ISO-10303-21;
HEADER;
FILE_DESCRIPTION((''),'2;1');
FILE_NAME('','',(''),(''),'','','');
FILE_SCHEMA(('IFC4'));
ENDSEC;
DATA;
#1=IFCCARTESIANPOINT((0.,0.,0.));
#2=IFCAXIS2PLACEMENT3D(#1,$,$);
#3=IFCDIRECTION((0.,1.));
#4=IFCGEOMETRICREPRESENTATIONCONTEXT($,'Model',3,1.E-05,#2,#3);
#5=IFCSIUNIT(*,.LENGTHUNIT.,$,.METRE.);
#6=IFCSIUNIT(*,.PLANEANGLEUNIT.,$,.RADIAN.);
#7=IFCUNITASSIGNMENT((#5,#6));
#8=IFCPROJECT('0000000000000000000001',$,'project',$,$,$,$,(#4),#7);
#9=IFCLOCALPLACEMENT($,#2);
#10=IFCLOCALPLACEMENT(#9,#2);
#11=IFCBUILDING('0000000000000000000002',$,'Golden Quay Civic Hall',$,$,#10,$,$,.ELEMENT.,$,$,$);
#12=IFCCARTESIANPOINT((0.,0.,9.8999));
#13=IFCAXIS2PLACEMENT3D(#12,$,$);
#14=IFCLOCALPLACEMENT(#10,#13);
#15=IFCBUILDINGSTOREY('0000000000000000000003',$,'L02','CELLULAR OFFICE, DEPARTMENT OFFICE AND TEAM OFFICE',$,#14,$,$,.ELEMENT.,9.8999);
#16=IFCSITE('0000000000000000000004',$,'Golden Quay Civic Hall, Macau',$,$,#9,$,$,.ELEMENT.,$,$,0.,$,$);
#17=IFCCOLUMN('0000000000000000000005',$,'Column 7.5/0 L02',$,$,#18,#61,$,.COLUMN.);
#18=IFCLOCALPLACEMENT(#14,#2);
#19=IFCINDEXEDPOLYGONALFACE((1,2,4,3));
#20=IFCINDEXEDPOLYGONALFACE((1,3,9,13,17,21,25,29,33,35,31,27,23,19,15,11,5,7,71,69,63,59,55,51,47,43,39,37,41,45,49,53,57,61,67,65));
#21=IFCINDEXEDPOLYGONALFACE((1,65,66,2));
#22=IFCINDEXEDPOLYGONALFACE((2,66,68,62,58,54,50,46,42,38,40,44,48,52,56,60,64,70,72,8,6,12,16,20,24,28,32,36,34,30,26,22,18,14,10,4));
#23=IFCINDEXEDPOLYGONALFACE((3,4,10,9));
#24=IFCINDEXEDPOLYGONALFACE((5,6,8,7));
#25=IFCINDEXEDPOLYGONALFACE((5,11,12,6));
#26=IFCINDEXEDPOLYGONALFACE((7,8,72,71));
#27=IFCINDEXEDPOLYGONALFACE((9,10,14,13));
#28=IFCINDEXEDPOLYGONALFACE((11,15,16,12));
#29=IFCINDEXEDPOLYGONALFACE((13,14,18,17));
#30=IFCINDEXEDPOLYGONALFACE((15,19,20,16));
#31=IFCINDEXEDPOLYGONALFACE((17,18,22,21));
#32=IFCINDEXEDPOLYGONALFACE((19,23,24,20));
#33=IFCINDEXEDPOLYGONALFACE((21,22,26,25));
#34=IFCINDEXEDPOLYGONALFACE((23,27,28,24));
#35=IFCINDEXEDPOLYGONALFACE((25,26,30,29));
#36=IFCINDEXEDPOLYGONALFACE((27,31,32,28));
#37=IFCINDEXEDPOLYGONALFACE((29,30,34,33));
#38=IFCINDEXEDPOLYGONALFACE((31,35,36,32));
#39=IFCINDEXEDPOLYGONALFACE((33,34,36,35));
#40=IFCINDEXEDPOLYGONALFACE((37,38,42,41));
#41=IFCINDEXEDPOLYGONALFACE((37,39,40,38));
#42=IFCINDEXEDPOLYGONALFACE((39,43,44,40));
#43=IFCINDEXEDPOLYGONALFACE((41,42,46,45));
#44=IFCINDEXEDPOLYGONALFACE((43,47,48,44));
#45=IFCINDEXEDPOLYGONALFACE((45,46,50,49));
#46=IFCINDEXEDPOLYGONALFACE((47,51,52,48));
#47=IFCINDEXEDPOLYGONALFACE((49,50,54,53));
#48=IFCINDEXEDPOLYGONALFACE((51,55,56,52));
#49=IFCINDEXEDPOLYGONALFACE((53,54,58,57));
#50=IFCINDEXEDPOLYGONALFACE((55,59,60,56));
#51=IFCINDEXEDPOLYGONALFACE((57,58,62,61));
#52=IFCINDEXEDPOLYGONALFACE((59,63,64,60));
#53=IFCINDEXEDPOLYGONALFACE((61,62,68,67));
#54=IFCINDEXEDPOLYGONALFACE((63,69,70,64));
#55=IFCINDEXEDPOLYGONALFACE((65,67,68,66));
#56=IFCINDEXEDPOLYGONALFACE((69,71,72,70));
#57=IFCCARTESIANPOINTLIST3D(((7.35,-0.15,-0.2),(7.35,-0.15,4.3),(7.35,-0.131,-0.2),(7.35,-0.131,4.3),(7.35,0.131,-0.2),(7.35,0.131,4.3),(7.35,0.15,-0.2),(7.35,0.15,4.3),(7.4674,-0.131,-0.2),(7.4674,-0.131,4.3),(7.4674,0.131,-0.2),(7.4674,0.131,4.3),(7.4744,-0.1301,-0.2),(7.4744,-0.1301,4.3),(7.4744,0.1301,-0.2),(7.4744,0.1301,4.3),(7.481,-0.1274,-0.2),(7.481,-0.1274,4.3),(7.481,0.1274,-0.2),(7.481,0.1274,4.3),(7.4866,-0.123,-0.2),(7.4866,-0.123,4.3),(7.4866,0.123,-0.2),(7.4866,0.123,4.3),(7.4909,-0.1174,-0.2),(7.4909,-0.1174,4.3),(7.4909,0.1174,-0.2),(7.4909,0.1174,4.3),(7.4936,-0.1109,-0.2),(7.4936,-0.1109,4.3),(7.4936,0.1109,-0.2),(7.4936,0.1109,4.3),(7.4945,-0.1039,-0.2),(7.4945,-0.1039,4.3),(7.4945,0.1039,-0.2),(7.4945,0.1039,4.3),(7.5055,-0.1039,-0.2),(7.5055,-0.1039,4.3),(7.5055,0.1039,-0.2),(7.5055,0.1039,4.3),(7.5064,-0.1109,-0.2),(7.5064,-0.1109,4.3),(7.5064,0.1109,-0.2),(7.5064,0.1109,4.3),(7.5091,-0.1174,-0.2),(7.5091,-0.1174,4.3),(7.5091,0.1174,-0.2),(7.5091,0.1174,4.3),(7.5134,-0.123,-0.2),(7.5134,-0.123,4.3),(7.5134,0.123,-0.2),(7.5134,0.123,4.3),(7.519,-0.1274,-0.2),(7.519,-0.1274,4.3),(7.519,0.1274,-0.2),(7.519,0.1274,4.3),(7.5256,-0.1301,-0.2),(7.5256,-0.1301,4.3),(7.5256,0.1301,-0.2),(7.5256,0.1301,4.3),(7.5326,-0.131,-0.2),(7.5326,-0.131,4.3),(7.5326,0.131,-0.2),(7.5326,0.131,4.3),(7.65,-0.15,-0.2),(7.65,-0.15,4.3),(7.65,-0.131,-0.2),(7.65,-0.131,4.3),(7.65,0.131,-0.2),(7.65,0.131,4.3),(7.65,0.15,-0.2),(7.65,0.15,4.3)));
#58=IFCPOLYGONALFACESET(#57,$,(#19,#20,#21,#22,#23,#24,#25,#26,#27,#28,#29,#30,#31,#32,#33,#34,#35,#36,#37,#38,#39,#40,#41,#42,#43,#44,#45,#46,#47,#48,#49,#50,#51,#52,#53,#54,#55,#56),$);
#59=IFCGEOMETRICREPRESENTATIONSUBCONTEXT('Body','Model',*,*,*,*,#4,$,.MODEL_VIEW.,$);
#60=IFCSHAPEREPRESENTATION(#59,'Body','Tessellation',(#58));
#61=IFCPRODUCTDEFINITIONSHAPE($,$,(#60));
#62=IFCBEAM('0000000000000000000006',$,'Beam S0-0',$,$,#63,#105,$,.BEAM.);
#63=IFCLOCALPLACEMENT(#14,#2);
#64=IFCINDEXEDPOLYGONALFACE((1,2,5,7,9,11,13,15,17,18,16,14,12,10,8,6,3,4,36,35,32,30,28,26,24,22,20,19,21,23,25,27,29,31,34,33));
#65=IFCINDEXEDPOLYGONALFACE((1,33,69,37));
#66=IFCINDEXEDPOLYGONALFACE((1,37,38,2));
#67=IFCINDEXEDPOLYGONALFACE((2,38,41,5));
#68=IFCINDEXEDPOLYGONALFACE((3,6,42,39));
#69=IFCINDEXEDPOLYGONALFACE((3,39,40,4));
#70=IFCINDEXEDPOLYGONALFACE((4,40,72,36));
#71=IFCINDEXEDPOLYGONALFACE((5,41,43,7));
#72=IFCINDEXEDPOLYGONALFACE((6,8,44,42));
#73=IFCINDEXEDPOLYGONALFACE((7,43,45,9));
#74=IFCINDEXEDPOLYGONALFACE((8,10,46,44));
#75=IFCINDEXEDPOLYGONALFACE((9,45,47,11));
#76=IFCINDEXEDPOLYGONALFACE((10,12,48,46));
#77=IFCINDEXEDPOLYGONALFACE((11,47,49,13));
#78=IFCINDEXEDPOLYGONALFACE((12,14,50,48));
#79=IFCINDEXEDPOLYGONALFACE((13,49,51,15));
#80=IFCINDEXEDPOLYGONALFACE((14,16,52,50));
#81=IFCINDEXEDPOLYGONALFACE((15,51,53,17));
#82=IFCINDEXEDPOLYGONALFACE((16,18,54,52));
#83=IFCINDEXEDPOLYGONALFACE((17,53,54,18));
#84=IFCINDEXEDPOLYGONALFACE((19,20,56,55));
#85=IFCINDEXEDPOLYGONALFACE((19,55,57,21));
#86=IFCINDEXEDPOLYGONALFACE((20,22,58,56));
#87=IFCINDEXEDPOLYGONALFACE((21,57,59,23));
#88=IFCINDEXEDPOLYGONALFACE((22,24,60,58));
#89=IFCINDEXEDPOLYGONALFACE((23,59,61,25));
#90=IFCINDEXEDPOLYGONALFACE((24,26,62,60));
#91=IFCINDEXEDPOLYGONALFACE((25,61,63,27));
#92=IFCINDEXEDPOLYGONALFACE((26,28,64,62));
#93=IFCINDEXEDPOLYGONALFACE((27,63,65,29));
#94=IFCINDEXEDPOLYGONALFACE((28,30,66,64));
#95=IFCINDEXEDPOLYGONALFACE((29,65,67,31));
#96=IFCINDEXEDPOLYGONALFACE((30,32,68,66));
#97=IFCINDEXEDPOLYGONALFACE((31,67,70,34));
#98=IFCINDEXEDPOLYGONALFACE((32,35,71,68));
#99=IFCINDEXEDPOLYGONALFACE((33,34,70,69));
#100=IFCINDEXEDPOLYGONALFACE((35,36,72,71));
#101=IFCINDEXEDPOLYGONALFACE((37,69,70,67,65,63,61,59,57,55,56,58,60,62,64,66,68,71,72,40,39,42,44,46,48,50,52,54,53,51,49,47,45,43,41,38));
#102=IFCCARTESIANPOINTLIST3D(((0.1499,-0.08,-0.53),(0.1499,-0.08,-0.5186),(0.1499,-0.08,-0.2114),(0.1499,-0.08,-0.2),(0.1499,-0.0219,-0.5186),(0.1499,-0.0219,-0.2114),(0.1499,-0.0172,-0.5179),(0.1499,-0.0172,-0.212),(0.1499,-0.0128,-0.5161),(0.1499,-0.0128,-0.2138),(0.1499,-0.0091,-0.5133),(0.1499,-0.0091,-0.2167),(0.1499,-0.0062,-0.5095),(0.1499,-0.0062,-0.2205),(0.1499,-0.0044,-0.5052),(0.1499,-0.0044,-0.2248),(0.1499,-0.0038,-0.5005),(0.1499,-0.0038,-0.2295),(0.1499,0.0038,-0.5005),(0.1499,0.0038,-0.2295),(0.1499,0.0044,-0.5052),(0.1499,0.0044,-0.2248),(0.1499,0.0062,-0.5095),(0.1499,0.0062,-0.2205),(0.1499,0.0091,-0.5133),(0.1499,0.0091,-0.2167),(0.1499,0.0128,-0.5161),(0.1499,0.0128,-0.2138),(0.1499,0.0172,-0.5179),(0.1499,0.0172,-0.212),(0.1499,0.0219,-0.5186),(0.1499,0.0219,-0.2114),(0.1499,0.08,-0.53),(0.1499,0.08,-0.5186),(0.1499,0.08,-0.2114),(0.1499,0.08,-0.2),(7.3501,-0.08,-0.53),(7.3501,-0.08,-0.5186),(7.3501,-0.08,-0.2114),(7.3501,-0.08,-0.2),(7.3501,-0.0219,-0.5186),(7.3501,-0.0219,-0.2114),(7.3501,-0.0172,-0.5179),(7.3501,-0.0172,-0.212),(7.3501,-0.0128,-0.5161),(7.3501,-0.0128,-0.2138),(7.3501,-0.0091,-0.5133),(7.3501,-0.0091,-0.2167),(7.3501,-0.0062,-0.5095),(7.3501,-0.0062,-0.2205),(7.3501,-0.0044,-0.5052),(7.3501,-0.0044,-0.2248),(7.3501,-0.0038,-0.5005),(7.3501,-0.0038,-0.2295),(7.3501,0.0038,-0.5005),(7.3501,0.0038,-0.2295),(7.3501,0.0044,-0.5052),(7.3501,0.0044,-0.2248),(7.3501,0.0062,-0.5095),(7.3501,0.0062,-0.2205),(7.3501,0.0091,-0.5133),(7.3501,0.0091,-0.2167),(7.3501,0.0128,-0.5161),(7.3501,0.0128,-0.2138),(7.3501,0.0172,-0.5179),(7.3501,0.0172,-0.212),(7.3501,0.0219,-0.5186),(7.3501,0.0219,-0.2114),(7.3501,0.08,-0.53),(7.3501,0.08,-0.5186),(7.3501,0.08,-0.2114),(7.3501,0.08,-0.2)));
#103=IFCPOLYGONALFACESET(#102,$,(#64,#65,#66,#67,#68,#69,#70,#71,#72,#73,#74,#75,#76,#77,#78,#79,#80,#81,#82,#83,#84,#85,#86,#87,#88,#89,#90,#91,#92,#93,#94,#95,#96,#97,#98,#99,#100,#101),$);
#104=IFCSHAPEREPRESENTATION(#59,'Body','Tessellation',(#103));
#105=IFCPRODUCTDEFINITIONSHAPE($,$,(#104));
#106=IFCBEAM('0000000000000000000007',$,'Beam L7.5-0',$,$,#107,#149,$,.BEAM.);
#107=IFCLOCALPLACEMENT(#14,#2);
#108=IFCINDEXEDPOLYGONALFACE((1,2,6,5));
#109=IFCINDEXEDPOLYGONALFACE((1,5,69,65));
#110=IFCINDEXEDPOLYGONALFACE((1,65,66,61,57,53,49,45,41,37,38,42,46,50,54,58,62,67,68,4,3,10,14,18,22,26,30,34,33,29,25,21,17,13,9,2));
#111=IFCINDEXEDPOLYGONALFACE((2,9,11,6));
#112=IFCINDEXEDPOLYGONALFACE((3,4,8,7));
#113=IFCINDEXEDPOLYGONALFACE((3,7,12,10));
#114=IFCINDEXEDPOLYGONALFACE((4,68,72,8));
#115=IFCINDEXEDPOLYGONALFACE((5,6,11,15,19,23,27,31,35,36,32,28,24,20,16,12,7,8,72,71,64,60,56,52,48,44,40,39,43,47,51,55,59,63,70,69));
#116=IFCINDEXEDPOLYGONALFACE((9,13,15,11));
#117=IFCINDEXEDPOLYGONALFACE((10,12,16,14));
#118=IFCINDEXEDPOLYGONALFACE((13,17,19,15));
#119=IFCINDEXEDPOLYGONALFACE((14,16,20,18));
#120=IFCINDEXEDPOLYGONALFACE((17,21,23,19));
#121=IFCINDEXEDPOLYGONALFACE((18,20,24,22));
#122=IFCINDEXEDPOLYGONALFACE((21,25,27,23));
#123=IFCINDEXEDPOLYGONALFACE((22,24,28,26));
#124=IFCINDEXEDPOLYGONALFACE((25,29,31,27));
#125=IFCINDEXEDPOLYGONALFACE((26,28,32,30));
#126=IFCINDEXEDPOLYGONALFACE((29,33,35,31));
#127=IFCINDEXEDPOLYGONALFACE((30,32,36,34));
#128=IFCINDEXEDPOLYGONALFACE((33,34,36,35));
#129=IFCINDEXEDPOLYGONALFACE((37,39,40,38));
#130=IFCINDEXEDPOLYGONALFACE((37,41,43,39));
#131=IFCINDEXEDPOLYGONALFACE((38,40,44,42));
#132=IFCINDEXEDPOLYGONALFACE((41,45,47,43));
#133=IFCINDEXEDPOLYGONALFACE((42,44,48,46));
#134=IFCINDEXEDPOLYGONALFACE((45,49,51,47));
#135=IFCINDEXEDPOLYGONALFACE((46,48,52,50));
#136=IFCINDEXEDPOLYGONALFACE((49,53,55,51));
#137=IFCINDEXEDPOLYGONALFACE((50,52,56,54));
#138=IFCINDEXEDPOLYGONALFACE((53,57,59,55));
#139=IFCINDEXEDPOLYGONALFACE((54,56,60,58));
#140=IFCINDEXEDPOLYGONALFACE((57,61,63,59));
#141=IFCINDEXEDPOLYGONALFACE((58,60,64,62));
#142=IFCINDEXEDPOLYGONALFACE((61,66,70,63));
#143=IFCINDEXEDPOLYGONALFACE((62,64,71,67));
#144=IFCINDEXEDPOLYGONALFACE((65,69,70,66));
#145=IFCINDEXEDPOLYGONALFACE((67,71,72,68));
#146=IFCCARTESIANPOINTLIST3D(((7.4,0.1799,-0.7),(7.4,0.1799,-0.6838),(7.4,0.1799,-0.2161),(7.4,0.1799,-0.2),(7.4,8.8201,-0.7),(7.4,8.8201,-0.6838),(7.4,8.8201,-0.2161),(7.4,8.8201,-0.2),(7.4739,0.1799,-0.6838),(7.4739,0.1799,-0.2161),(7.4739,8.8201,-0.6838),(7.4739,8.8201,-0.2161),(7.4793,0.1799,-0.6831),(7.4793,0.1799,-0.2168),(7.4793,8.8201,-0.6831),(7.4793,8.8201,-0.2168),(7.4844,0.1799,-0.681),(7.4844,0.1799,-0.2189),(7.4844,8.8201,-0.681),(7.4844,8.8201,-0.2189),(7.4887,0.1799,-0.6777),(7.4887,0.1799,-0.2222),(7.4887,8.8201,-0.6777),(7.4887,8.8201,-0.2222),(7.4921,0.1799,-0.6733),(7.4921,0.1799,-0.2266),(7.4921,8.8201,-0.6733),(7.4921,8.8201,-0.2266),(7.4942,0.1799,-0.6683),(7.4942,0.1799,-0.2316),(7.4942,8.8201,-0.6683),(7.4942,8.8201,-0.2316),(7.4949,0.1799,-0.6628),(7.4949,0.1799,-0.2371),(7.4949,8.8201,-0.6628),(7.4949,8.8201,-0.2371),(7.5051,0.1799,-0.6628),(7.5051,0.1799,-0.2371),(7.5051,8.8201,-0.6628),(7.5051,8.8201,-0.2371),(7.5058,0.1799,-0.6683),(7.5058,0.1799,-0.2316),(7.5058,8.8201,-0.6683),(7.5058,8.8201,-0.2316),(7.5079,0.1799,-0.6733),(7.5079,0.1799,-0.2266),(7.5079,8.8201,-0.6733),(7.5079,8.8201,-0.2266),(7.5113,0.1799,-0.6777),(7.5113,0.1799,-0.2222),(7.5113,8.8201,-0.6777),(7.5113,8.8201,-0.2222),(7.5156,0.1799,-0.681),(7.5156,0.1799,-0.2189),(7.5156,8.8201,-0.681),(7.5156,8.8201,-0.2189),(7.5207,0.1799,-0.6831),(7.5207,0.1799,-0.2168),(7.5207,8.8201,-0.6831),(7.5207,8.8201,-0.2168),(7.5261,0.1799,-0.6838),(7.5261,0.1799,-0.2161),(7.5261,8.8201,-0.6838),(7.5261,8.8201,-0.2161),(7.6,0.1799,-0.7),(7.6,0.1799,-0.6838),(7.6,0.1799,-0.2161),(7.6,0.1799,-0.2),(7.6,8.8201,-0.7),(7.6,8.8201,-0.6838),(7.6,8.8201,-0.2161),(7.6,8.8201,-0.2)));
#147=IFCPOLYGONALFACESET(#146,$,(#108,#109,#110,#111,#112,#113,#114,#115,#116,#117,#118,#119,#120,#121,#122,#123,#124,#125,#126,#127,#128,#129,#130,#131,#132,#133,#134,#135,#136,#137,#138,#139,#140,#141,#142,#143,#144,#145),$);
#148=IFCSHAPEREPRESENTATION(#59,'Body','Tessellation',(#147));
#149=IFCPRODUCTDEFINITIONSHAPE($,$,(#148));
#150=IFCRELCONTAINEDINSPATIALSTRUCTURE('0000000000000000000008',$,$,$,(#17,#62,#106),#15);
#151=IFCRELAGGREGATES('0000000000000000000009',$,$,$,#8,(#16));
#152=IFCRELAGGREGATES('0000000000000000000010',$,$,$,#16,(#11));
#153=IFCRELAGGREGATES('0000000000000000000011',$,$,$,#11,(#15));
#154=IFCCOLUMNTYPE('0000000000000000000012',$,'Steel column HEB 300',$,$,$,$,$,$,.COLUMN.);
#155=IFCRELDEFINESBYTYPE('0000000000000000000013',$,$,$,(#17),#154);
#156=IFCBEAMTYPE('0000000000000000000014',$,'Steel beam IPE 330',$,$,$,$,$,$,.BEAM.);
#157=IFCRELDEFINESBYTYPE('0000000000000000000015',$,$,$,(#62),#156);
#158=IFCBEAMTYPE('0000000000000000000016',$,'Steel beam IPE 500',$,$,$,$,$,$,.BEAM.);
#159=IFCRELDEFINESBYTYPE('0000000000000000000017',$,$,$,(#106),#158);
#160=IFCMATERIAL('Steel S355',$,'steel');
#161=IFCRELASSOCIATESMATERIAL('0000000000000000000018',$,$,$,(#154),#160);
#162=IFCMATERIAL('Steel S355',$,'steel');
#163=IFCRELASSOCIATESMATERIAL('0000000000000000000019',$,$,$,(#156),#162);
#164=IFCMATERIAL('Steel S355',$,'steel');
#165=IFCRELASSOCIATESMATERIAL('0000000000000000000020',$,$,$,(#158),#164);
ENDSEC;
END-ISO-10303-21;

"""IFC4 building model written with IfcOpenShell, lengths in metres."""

from ifc_helpers import new_model, si_unit, direction, frame, origin, origin_2d, place, context, subcontext, project, spatial, i_section, extrude, material, material_profile, profile_set, type_object, element, save


model = new_model("IFC4")

# Units and contexts
model_context = context("Model", 3, precision=1e-05, world=origin(), true_north=direction((0.0, 1.0)))
body_context = subcontext(model_context, "Body", "Model", "MODEL_VIEW")
ifc_project = project(units=[si_unit("LENGTHUNIT", "METRE"), si_unit("PLANEANGLEUNIT", "RADIAN")], contexts=[model_context])

# Site, building, storey
site_placement = place(None, origin())
site = spatial("IfcSite", under=ifc_project, at=site_placement, Name="Golden Quay Civic Hall, Macau", CompositionType="ELEMENT", RefElevation=0.0)
building_placement = place(site_placement, origin())
building = spatial("IfcBuilding", under=site, at=building_placement, Name="Golden Quay Civic Hall", CompositionType="ELEMENT")
storey_placement = place(building_placement, frame((0.0, 0.0, 9.8999)))
storey = spatial("IfcBuildingStorey", under=building, at=storey_placement, Name="L02", Description="CELLULAR OFFICE, DEPARTMENT OFFICE AND TEAM OFFICE", CompositionType="ELEMENT", Elevation=9.8999)

# Column
ifc_material_1 = material(Name="Steel S355", Category="steel")
ifc_material_profile_1 = material_profile(ifc_material_1, i_section(OverallWidth=0.3, OverallDepth=0.3, WebThickness=0.011, FlangeThickness=0.019, FilletRadius=0.0271, at=origin_2d()), Name="HEB 300")
ifc_profile_set_1 = profile_set([ifc_material_profile_1], Name="Steel S355")
column_type = type_object("IfcColumnType", Name="Steel column HEB 300", PredefinedType="COLUMN", material=ifc_profile_set_1)
column_placement = place(storey_placement, frame((7.5, 0.0, -0.2), z_axis=(0.0, 0.0, 1.0), x_axis=(1.0, 0.0, 0.0)))
element("IfcColumn", 1, at=column_placement, inside=storey, type_object=column_type, Name="Column 7.5/0 L02", PredefinedType="COLUMN", context=body_context, shape_type="SweptSolid", body=[
    extrude(i_section(OverallWidth=0.3, OverallDepth=0.3, WebThickness=0.011, FlangeThickness=0.019, FilletRadius=0.0271, at=origin_2d()), origin(), (0.0, 0.0, 1.0), 4.5),
])

# Beams
ifc_material_2 = material(Name="Steel S355", Category="steel")
ifc_material_profile_2 = material_profile(ifc_material_2, i_section(OverallWidth=0.1599, OverallDepth=0.3301, WebThickness=0.0076, FlangeThickness=0.0115, FilletRadius=0.0181, at=origin_2d()), Name="IPE 330")
ifc_profile_set_2 = profile_set([ifc_material_profile_2], Name="Steel S355")
beam_type_1 = type_object("IfcBeamType", Name="Steel beam IPE 330", PredefinedType="BEAM", material=ifc_profile_set_2)
beam_1_placement = place(storey_placement, frame((0.1499, 0.0, -0.365), z_axis=(1.0, 0.0, 0.0), x_axis=(0.0, 1.0, 0.0)))
element("IfcBeam", 2, at=beam_1_placement, inside=storey, type_object=beam_type_1, Name="Beam S0-0", PredefinedType="BEAM", context=body_context, shape_type="SweptSolid", body=[
    extrude(i_section(OverallWidth=0.1599, OverallDepth=0.3301, WebThickness=0.0076, FlangeThickness=0.0115, FilletRadius=0.0181, at=origin_2d()), origin(), (0.0, 0.0, 1.0), 7.2002),
])
ifc_material_3 = material(Name="Steel S355", Category="steel")
ifc_material_profile_3 = material_profile(ifc_material_3, i_section(OverallWidth=0.2, OverallDepth=0.5, WebThickness=0.0103, FlangeThickness=0.0161, FilletRadius=0.021, at=origin_2d()), Name="IPE 500")
ifc_profile_set_3 = profile_set([ifc_material_profile_3], Name="Steel S355")
beam_type_2 = type_object("IfcBeamType", Name="Steel beam IPE 500", PredefinedType="BEAM", material=ifc_profile_set_3)
beam_2_placement = place(storey_placement, frame((7.5, 0.1799, -0.45), z_axis=(0.0, 1.0, 0.0), x_axis=(-1.0, 0.0, 0.0)))
element("IfcBeam", 3, at=beam_2_placement, inside=storey, type_object=beam_type_2, Name="Beam L7.5-0", PredefinedType="BEAM", context=body_context, shape_type="SweptSolid", body=[
    extrude(i_section(OverallWidth=0.2, OverallDepth=0.5, WebThickness=0.0103, FlangeThickness=0.0161, FilletRadius=0.021, at=origin_2d()), origin(), (0.0, 0.0, 1.0), 8.6401),
])

save(model, "model.ifc")
